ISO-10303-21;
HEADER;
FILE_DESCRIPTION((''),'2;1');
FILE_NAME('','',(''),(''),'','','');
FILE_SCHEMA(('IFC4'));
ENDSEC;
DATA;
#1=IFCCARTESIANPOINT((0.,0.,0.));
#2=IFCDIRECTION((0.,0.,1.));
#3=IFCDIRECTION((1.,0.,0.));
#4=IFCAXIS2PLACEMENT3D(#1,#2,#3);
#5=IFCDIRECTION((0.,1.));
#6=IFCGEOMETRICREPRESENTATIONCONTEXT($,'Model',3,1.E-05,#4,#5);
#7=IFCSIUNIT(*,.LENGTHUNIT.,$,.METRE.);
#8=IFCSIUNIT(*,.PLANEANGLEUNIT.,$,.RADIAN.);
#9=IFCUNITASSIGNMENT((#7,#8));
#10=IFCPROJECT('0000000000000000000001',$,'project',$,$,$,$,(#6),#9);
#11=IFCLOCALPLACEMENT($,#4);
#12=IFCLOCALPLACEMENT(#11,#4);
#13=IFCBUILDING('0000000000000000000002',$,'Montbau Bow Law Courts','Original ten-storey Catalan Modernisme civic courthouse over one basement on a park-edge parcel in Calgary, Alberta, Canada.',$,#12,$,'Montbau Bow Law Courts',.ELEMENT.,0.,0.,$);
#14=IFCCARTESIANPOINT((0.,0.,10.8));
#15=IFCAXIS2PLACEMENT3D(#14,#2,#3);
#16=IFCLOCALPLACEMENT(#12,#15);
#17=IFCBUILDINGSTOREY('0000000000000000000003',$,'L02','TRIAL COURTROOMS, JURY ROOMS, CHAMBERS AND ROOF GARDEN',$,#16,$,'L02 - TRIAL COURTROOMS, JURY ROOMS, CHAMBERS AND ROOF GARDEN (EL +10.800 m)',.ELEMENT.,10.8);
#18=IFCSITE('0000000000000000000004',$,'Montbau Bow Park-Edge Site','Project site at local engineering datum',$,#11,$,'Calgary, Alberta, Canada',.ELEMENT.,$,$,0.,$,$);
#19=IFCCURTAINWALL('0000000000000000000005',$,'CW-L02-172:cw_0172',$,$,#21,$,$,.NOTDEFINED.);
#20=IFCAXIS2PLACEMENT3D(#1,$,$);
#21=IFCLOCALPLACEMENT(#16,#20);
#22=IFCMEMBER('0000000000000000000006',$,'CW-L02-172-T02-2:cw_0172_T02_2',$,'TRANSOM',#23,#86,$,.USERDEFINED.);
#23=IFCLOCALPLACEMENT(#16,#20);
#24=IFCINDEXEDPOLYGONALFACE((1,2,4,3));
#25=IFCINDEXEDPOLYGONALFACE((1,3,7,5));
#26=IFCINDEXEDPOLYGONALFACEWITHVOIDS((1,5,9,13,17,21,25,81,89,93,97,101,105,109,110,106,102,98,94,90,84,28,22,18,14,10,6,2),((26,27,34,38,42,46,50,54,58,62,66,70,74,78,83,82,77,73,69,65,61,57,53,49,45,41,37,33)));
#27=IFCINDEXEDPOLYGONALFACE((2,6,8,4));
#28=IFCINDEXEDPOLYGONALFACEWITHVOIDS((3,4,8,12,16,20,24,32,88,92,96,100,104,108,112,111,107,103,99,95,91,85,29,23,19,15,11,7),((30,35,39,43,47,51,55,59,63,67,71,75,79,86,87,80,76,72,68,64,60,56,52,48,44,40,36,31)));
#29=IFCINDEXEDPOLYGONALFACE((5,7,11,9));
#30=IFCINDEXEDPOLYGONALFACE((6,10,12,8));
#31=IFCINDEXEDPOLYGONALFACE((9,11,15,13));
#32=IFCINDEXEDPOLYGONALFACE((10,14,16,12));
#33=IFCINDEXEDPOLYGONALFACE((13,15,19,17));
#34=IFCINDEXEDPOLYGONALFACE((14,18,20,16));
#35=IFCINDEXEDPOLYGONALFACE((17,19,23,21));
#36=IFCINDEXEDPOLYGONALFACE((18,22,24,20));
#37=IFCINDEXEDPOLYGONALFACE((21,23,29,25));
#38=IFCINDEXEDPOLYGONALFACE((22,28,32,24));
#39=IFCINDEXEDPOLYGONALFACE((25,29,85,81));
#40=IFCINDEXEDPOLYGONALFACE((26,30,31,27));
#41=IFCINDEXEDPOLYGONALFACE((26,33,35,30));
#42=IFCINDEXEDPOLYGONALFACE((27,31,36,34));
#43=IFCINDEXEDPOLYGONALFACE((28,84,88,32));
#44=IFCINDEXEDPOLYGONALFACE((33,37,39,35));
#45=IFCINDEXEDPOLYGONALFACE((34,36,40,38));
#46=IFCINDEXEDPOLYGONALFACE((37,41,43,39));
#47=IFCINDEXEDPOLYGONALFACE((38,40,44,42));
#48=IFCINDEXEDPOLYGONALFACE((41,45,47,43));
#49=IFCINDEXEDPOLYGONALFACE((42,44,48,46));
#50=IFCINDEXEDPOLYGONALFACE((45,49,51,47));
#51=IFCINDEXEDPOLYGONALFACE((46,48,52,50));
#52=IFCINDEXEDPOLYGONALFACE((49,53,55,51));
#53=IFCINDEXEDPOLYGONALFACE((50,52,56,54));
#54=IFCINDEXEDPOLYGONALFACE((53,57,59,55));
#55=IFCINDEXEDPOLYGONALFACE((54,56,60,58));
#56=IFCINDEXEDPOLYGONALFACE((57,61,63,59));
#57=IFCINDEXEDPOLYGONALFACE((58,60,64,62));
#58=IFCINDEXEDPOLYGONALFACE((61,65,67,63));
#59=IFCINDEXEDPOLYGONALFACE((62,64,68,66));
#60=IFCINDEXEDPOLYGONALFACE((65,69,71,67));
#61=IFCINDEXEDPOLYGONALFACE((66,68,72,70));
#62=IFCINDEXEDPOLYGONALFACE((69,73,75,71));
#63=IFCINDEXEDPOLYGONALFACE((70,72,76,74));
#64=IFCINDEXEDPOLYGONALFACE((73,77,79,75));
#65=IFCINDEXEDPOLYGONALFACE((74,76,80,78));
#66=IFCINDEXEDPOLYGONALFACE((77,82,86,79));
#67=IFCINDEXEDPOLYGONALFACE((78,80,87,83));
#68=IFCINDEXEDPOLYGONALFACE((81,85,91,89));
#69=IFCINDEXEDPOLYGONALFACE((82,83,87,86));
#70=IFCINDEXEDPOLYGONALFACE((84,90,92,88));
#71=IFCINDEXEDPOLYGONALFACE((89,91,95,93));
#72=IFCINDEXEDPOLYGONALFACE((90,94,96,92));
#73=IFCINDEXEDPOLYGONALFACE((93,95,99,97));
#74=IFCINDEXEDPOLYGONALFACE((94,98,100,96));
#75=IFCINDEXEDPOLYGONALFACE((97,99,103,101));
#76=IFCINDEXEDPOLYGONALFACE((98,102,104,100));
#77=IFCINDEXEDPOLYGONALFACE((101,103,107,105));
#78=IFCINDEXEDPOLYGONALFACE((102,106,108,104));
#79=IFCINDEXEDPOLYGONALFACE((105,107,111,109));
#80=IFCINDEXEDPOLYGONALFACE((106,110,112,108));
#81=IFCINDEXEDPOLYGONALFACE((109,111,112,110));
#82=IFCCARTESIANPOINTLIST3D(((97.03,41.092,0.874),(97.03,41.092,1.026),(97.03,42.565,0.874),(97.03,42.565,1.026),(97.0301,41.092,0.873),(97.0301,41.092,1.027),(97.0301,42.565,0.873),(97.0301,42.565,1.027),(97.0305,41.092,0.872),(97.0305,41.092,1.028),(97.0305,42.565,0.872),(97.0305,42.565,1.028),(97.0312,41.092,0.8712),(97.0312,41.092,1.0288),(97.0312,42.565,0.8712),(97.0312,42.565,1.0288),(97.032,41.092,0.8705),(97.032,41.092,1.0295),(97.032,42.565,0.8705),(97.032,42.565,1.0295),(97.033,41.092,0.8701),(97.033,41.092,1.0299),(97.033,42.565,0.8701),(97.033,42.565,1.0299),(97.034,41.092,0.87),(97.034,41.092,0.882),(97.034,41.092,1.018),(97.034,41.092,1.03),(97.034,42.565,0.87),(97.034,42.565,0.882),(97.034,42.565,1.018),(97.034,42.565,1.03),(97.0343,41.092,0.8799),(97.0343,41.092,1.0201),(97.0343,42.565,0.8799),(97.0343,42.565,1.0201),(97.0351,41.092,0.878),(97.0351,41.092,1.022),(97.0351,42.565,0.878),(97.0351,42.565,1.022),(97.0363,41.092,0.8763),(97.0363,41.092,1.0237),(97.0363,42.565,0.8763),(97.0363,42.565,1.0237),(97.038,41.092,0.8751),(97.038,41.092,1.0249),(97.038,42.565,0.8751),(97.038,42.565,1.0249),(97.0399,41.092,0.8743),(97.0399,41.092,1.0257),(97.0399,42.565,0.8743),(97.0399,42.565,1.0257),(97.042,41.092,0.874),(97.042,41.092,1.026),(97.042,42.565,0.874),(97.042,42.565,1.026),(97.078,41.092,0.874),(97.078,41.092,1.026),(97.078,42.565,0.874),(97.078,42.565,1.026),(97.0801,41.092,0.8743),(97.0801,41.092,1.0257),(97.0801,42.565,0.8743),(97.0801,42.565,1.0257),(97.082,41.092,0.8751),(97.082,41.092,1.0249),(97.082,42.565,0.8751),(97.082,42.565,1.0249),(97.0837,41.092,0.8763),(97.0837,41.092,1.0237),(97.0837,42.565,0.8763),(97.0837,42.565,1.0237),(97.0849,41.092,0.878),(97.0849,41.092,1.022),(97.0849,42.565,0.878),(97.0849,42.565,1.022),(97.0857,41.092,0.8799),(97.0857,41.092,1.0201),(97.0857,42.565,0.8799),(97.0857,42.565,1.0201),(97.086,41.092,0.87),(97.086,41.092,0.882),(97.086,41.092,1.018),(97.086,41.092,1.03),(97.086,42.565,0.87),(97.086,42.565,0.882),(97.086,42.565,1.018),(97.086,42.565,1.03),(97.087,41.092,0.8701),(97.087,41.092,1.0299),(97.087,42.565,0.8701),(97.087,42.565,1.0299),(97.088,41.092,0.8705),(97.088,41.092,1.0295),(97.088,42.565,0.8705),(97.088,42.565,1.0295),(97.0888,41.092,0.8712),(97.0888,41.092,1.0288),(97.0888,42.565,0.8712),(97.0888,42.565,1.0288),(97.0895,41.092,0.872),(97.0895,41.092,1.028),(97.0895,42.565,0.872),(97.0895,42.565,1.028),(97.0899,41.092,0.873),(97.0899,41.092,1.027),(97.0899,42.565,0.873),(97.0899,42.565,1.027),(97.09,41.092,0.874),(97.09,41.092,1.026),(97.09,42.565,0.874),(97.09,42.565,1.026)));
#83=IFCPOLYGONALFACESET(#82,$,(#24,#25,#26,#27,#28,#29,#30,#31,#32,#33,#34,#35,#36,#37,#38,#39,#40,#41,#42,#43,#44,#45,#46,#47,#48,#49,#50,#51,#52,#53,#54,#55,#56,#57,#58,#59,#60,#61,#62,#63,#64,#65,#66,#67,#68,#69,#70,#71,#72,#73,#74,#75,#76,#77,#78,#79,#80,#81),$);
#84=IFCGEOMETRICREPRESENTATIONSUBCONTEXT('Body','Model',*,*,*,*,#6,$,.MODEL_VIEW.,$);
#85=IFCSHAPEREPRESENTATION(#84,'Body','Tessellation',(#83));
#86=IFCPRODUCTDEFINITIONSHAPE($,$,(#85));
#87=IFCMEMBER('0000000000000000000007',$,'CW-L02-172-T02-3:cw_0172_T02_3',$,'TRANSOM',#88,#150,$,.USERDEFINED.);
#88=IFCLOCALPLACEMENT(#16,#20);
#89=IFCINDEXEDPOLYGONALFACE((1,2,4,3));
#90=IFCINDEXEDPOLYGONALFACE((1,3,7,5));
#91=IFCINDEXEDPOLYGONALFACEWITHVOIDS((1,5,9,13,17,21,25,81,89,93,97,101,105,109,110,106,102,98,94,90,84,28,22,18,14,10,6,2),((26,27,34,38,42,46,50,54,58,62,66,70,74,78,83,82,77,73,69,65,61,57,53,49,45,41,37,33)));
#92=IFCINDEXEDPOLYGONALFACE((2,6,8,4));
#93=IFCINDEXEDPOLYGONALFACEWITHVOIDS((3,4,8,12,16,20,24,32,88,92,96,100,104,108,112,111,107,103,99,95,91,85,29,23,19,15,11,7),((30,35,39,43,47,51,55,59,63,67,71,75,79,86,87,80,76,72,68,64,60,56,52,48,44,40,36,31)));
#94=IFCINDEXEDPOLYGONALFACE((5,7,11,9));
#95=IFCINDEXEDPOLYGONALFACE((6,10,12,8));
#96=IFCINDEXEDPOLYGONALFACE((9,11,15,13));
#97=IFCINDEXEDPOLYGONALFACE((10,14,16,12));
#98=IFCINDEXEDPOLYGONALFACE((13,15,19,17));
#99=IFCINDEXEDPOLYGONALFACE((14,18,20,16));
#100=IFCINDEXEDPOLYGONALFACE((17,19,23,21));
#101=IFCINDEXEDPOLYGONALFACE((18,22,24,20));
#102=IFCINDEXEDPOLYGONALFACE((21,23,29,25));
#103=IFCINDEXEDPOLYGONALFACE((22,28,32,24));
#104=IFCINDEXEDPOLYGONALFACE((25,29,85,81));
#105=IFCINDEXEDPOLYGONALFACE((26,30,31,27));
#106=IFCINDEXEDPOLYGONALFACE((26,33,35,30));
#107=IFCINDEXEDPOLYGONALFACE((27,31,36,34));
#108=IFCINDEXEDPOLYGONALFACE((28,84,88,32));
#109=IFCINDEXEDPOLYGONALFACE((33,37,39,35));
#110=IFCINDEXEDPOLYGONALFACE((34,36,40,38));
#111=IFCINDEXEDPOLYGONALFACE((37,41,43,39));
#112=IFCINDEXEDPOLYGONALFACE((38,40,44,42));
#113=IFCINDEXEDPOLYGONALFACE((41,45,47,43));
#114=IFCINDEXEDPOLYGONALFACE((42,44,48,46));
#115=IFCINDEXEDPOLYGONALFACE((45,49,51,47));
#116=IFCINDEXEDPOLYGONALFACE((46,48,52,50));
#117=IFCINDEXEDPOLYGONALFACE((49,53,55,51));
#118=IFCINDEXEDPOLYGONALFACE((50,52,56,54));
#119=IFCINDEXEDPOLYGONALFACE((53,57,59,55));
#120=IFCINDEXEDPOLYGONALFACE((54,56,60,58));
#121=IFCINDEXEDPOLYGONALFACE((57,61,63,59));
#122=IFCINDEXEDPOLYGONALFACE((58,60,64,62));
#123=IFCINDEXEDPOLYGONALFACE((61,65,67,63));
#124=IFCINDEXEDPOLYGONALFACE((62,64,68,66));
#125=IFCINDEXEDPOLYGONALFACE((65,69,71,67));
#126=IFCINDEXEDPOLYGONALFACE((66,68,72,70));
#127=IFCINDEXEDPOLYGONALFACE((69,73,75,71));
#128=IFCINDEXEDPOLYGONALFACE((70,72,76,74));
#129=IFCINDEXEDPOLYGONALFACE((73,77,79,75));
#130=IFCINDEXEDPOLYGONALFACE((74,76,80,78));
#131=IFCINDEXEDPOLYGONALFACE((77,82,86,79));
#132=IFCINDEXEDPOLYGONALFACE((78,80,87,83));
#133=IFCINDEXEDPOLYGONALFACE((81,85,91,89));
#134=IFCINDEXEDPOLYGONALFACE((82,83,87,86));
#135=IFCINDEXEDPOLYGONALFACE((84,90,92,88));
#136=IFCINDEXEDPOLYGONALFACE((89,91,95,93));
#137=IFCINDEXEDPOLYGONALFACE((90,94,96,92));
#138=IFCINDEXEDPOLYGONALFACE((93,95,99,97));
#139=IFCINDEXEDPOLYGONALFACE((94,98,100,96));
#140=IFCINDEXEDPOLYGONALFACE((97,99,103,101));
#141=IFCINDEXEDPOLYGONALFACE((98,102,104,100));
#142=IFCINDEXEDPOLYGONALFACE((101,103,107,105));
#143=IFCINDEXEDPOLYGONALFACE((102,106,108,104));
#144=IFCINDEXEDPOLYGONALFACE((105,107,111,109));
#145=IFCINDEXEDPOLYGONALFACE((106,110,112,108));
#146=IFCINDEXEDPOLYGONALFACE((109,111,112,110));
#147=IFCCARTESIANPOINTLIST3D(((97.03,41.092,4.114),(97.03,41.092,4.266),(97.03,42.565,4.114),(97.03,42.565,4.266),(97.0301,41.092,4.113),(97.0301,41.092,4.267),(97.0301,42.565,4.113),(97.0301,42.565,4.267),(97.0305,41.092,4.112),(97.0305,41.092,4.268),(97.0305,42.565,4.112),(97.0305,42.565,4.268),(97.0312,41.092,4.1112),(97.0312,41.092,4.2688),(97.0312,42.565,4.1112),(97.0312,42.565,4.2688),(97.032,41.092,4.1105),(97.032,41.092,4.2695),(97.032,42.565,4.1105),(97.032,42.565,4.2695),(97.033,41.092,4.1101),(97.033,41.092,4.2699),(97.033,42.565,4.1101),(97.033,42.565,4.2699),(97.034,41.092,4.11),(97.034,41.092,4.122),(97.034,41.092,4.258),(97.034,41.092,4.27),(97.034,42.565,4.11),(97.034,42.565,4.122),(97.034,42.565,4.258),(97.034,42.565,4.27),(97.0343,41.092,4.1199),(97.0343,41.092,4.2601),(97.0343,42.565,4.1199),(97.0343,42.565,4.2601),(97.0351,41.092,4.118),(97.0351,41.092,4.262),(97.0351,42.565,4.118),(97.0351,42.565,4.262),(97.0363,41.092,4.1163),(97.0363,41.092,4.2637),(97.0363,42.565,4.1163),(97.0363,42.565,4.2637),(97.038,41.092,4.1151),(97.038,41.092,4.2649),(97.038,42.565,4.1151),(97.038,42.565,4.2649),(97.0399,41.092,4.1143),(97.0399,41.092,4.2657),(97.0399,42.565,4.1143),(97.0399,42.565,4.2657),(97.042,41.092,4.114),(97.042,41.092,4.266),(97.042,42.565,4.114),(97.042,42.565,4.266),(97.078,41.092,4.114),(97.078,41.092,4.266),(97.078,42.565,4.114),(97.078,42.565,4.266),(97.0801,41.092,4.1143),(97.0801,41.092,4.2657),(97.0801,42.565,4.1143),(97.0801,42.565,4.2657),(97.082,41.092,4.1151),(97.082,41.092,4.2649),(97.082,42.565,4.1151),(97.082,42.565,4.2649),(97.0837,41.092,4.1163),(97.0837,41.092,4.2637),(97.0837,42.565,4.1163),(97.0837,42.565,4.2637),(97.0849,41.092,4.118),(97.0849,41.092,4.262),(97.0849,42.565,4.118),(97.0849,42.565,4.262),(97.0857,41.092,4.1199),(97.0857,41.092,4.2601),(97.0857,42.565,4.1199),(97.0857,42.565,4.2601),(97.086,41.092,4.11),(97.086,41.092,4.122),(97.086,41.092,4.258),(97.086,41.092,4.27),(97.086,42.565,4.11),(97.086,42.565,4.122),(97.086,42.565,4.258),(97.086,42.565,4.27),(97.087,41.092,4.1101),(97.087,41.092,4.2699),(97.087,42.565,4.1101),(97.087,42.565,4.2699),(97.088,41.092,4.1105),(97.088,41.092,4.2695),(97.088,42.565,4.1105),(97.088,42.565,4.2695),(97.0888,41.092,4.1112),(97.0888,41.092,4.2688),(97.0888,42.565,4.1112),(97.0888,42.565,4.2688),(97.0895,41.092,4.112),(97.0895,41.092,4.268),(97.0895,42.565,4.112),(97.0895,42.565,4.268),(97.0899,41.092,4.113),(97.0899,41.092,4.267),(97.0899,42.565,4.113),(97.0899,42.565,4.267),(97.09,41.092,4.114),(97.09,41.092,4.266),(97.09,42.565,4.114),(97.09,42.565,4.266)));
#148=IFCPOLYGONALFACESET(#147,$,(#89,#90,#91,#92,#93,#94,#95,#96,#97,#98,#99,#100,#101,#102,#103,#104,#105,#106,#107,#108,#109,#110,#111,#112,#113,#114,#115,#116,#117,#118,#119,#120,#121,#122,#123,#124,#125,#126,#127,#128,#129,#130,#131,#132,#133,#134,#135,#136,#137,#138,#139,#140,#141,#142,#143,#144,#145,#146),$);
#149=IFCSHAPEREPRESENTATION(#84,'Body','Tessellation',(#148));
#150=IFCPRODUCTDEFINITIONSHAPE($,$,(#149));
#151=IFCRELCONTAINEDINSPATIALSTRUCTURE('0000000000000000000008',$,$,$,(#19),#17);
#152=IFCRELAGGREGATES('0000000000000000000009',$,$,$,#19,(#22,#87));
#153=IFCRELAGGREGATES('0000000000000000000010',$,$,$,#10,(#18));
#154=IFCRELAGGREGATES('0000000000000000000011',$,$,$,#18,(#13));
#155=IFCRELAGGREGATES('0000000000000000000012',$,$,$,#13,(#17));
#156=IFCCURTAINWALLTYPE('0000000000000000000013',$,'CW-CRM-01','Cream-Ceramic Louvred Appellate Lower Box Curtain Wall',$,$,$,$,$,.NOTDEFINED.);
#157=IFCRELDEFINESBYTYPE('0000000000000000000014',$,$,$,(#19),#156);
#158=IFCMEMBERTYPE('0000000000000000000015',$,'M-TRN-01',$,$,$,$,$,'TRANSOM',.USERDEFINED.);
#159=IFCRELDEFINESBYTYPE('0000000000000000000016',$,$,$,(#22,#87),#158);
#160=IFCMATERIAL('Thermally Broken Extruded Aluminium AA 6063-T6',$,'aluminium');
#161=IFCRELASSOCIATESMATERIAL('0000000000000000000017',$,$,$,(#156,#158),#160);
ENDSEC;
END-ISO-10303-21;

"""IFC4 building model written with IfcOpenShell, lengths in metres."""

from ifc_helpers import new_model, si_unit, direction, frame, origin_with_axes, origin_2d_with_axis, place, context, subcontext, project, spatial, hollow_rectangle, extrude, material, material_profile, profile_set, type_object, element, aggregate, save


model = new_model("IFC4")

# Units and contexts
model_context = context("Model", 3, precision=1e-05, world=origin_with_axes(), true_north=direction((0.0, 1.0)))
body_context = subcontext(model_context, "Body", "Model", "MODEL_VIEW")
ifc_project = project(units=[si_unit("LENGTHUNIT", "METRE"), si_unit("PLANEANGLEUNIT", "RADIAN")], contexts=[model_context])

# Site, building, storey
site_placement = place(None, origin_with_axes())
site = spatial("IfcSite", under=ifc_project, at=site_placement, Name="Montbau Bow Park-Edge Site", Description="Project site at local engineering datum", LongName="Calgary, Alberta, Canada", CompositionType="ELEMENT", RefElevation=0.0)
building_placement = place(site_placement, origin_with_axes())
building = spatial("IfcBuilding", under=site, at=building_placement, Name="Montbau Bow Law Courts", Description="Original ten-storey Catalan Modernisme civic courthouse over one basement on a park-edge parcel in Calgary, Alberta, Canada.", LongName="Montbau Bow Law Courts", CompositionType="ELEMENT", ElevationOfRefHeight=0.0, ElevationOfTerrain=0.0)
storey_placement = place(building_placement, frame((0.0, 0.0, 10.8), z_axis=(0.0, 0.0, 1.0), x_axis=(1.0, 0.0, 0.0)))
storey = spatial("IfcBuildingStorey", under=building, at=storey_placement, Name="L02", Description="TRIAL COURTROOMS, JURY ROOMS, CHAMBERS AND ROOF GARDEN", LongName="L02 - TRIAL COURTROOMS, JURY ROOMS, CHAMBERS AND ROOF GARDEN (EL +10.800 m)", CompositionType="ELEMENT", Elevation=10.8)

# Curtain wall
ifc_material_1 = material(Name="Thermally Broken Extruded Aluminium AA 6063-T6", Category="aluminium")
curtain_wall_type = type_object("IfcCurtainWallType", Name="CW-CRM-01", Description="Cream-Ceramic Louvred Appellate Lower Box Curtain Wall", PredefinedType="NOTDEFINED", material=ifc_material_1)
curtain_wall_1_placement = place(None, frame((97.06, 39.515, 10.8), z_axis=(0.0, 0.0, 1.0), x_axis=(1.0, 0.0, 0.0)))
curtain_wall_1 = element("IfcCurtainWall", 1, at=curtain_wall_1_placement, inside=storey, type_object=curtain_wall_type, Name="CW-L02-172:cw_0172", PredefinedType="NOTDEFINED")

# Members
ifc_material_profile_1 = material_profile(ifc_material_1, hollow_rectangle(XDim=0.06, YDim=0.16, WallThickness=0.004, InnerFilletRadius=0.008, OuterFilletRadius=0.004, at=origin_2d_with_axis()), Name="CWT-160X60", Category="Main", Priority=0)
ifc_profile_set_1 = profile_set([ifc_material_profile_1], Name="Thermally Broken Extruded Aluminium AA 6063-T6")
member_type_1 = type_object("IfcMemberType", Name="M-TRN-01", ElementType="TRANSOM", PredefinedType="USERDEFINED", material=ifc_profile_set_1)
member_1_placement = place(None, frame((97.06, 41.092, 11.75), z_axis=(0.0, 1.0, 0.0), x_axis=(-1.0, 0.0, 0.0)))
member_1 = element("IfcMember", 2, at=member_1_placement, type_object=member_type_1, Name="CW-L02-172-T02-2:cw_0172_T02_2", ObjectType="TRANSOM", PredefinedType="USERDEFINED", context=body_context, shape_type="SweptSolid", body=[
    extrude(hollow_rectangle(XDim=0.06, YDim=0.16, WallThickness=0.004, InnerFilletRadius=0.008, OuterFilletRadius=0.004, at=origin_2d_with_axis()), origin_with_axes(), (0.0, 0.0, 1.0), 1.473),
])
member_2_placement = place(None, frame((97.06, 41.092, 14.99), z_axis=(0.0, 1.0, 0.0), x_axis=(-1.0, 0.0, 0.0)))
member_2 = element("IfcMember", 3, at=member_2_placement, type_object=member_type_1, Name="CW-L02-172-T02-3:cw_0172_T02_3", ObjectType="TRANSOM", PredefinedType="USERDEFINED", context=body_context, shape_type="SweptSolid", body=[
    extrude(hollow_rectangle(XDim=0.06, YDim=0.16, WallThickness=0.004, InnerFilletRadius=0.008, OuterFilletRadius=0.004, at=origin_2d_with_axis()), origin_with_axes(), (0.0, 0.0, 1.0), 1.473),
])

aggregate(curtain_wall_1, [member_1, member_2])

save(model, "model.ifc")
